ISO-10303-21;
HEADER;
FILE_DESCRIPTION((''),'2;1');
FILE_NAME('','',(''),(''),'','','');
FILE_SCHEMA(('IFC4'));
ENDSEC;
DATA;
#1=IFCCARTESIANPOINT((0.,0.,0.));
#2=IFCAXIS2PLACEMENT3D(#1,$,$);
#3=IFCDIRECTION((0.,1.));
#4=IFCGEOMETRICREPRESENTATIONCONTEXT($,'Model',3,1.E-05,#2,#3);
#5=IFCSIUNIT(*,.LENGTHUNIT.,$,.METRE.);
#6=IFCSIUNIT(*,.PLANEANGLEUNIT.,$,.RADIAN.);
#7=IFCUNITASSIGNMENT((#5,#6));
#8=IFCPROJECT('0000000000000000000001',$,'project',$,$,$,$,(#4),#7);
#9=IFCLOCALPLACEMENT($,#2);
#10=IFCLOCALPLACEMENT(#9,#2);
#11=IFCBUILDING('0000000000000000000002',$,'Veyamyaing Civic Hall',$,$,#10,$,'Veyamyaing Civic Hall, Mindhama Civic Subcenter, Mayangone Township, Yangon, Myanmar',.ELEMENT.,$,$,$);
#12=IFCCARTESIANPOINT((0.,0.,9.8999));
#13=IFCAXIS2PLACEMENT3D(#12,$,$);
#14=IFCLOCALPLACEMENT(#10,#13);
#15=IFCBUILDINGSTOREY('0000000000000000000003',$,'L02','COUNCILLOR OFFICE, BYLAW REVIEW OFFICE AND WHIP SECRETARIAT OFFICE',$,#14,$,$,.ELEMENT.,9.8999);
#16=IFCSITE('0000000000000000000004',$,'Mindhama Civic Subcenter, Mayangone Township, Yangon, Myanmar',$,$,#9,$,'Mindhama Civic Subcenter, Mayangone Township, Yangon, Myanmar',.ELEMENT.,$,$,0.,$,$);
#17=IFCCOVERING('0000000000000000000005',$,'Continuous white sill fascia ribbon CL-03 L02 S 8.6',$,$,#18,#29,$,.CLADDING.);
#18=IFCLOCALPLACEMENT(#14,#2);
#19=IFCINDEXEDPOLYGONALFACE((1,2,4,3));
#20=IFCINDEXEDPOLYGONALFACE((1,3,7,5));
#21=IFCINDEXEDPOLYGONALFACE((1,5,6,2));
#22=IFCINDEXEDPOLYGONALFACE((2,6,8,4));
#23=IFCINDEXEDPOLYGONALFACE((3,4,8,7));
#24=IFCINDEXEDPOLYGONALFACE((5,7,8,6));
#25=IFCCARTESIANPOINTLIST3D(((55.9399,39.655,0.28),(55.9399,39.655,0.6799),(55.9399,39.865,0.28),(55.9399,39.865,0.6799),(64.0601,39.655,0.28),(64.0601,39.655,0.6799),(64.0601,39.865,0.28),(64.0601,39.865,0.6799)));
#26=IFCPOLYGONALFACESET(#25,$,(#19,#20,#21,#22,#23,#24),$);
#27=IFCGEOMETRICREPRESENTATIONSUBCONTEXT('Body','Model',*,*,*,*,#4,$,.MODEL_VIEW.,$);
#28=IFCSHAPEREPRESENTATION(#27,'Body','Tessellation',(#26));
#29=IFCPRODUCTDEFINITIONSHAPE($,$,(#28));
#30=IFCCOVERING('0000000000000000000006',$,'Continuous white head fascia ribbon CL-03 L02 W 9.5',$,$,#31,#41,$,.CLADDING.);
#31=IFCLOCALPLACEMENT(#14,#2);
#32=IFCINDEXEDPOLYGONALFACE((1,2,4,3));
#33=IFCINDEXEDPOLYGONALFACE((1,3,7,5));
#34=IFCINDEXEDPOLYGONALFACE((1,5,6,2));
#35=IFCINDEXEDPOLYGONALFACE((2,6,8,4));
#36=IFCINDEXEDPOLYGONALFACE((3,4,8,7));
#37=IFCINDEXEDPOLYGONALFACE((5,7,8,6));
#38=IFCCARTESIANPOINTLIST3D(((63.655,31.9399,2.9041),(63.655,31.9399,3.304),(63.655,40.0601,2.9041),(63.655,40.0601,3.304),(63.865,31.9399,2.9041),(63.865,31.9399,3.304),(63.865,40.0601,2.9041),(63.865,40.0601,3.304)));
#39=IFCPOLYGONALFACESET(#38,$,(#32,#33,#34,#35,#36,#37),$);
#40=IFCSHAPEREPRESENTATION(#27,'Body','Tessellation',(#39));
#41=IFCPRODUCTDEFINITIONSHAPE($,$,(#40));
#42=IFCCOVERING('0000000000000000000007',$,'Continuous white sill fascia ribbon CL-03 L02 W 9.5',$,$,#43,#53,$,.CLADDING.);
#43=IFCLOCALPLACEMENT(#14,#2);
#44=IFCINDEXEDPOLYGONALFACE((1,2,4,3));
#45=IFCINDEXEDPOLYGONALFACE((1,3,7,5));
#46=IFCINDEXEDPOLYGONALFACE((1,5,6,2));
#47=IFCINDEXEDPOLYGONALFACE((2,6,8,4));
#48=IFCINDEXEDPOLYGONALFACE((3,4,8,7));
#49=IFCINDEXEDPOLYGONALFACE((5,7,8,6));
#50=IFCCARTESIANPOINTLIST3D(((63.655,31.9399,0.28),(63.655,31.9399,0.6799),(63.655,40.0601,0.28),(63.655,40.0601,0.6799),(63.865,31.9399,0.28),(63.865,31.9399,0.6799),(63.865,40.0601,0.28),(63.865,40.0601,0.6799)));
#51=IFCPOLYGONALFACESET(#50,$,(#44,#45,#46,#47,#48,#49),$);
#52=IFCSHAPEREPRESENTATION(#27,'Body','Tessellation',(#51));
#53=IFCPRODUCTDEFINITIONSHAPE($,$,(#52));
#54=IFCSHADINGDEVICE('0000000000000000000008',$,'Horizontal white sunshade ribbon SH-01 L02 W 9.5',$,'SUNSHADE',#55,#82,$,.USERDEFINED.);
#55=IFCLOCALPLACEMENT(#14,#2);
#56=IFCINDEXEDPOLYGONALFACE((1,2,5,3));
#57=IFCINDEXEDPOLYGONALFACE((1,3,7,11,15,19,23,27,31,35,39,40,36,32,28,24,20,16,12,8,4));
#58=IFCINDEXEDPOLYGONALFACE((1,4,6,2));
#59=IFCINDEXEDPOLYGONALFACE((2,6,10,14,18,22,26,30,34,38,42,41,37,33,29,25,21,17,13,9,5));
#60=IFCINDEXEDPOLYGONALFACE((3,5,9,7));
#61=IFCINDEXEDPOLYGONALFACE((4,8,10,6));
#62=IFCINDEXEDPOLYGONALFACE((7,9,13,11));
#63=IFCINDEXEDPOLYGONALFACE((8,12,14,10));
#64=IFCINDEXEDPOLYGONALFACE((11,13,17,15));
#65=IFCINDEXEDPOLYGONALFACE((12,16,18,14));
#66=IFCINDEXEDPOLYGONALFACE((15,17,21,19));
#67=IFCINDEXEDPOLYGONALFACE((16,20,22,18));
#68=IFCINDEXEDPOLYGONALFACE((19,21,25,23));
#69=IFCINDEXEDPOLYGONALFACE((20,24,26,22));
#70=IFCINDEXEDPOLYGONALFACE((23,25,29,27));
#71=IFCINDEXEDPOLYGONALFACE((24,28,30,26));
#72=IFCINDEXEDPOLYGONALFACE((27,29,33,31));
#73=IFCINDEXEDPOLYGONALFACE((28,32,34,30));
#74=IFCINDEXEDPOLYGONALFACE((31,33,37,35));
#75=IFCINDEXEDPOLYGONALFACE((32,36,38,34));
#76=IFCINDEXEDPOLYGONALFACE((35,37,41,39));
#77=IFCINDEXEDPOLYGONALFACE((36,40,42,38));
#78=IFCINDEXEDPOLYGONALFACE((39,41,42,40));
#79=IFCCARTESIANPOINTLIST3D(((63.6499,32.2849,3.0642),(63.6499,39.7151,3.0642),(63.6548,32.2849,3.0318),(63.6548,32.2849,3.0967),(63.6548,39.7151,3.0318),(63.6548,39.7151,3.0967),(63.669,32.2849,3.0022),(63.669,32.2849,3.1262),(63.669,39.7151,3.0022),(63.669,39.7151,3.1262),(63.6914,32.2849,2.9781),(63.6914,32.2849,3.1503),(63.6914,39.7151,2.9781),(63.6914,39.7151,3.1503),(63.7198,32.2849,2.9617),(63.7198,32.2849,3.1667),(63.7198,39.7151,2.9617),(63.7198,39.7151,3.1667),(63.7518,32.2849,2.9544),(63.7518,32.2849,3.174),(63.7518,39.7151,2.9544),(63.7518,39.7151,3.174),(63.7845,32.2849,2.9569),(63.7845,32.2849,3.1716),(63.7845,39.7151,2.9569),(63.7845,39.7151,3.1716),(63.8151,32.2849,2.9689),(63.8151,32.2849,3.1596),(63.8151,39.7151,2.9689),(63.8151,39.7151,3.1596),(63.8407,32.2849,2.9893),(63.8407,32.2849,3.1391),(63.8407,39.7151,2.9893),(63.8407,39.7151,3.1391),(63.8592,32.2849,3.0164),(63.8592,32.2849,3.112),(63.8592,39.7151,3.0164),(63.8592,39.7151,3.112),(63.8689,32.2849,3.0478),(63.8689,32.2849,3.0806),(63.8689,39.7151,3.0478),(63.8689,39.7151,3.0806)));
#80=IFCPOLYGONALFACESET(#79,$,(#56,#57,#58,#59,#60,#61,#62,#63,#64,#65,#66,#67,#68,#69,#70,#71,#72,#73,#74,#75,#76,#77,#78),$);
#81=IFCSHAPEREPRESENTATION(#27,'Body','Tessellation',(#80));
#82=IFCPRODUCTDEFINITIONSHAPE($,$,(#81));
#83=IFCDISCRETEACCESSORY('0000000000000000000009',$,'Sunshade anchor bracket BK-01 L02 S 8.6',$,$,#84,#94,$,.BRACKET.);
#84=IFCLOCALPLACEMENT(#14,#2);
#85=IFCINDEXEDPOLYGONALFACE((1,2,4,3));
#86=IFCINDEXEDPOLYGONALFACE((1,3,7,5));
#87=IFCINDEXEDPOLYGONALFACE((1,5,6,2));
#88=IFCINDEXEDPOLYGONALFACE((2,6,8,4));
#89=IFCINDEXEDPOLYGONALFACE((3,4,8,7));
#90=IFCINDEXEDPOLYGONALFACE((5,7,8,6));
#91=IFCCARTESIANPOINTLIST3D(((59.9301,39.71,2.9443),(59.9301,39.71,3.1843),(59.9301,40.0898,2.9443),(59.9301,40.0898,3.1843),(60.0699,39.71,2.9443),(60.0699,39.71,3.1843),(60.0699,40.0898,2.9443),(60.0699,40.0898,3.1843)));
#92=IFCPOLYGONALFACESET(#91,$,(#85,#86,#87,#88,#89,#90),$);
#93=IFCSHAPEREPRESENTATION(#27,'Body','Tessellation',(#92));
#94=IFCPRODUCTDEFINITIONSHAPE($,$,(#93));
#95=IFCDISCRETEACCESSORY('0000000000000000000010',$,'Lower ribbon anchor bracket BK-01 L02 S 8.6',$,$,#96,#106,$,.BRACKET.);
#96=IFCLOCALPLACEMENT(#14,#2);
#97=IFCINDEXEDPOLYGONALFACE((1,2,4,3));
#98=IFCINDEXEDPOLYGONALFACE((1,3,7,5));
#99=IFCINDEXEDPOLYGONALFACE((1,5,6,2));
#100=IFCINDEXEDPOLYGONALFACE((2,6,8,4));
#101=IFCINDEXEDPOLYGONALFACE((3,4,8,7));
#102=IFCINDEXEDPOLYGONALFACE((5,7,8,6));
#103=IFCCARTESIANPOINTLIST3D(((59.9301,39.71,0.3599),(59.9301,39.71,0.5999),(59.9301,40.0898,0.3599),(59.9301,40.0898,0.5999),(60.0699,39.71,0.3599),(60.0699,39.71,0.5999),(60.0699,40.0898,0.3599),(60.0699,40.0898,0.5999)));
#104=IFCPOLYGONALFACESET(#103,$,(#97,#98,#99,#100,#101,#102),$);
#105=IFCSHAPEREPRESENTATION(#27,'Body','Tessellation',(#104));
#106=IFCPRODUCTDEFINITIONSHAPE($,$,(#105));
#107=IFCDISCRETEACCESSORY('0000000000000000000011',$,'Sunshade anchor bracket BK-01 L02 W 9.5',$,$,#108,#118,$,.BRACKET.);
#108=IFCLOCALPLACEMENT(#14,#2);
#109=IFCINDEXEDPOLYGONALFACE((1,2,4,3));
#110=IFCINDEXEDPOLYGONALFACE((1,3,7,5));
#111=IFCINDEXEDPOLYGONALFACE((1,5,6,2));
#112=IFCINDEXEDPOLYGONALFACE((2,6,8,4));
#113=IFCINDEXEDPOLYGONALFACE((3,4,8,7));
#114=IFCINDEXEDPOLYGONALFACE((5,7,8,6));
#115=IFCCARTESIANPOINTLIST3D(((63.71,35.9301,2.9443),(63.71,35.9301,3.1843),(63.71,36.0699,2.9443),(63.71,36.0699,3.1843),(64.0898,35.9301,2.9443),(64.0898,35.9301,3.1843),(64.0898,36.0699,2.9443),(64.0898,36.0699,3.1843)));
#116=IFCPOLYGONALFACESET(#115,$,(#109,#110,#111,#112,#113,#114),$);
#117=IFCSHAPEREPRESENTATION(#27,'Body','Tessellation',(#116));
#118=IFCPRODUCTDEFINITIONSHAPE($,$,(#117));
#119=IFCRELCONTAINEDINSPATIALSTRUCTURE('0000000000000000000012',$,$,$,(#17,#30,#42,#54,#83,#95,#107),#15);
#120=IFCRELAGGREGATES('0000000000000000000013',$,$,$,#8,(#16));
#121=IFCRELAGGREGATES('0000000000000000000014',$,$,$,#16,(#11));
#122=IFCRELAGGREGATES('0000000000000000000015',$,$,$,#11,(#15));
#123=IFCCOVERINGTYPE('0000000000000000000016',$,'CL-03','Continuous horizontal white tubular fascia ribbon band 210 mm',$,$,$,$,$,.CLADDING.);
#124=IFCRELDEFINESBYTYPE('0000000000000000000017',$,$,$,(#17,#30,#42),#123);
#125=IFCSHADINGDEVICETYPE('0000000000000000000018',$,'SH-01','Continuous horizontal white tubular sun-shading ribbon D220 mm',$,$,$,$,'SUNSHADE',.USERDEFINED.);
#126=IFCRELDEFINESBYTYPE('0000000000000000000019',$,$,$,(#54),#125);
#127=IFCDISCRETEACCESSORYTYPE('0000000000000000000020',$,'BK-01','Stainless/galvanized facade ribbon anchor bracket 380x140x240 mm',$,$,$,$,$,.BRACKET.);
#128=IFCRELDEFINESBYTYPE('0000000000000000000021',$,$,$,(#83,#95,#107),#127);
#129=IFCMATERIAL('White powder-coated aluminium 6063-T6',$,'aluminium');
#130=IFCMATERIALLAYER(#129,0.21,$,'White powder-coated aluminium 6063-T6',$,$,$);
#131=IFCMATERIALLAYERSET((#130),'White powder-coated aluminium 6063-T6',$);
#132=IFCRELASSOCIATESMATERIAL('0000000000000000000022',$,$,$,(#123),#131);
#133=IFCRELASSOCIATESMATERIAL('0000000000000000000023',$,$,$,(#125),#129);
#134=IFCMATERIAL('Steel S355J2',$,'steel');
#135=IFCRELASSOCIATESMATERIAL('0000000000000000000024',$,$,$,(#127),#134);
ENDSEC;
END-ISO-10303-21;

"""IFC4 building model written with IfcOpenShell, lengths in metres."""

from ifc_helpers import new_model, si_unit, direction, frame, origin, origin_2d, place, context, subcontext, project, spatial, rectangle, circle, extrude, material, layer, layer_set, material_profile, profile_set, type_object, element, save


model = new_model("IFC4")

# Units and contexts
model_context = context("Model", 3, precision=1e-05, world=origin(), true_north=direction((0.0, 1.0)))
body_context = subcontext(model_context, "Body", "Model", "MODEL_VIEW")
ifc_project = project(units=[si_unit("LENGTHUNIT", "METRE"), si_unit("PLANEANGLEUNIT", "RADIAN")], contexts=[model_context])

# Site, building, storey
site_placement = place(None, origin())
site = spatial("IfcSite", under=ifc_project, at=site_placement, Name="Mindhama Civic Subcenter, Mayangone Township, Yangon, Myanmar", LongName="Mindhama Civic Subcenter, Mayangone Township, Yangon, Myanmar", CompositionType="ELEMENT", RefElevation=0.0)
building_placement = place(site_placement, origin())
building = spatial("IfcBuilding", under=site, at=building_placement, Name="Veyamyaing Civic Hall", LongName="Veyamyaing Civic Hall, Mindhama Civic Subcenter, Mayangone Township, Yangon, Myanmar", CompositionType="ELEMENT")
storey_placement = place(building_placement, frame((0.0, 0.0, 9.8999)))
storey = spatial("IfcBuildingStorey", under=building, at=storey_placement, Name="L02", Description="COUNCILLOR OFFICE, BYLAW REVIEW OFFICE AND WHIP SECRETARIAT OFFICE", CompositionType="ELEMENT", Elevation=9.8999)

# Coverings
ifc_material_1 = material(Name="White powder-coated aluminium 6063-T6", Category="aluminium")
ifc_layer_1 = layer(ifc_material_1, 0.21, Name="White powder-coated aluminium 6063-T6")
ifc_layer_set_1 = layer_set([ifc_layer_1], Name="White powder-coated aluminium 6063-T6")
covering_type = type_object("IfcCoveringType", Name="CL-03", Description="Continuous horizontal white tubular fascia ribbon band 210 mm", PredefinedType="CLADDING", material=ifc_layer_set_1)
for number, where, z_axis, x_axis, name in (
    (1, (60.0, 39.76, 0.28), (0.0, 0.0, 1.0), (1.0, 0.0, 0.0), "Continuous white sill fascia ribbon CL-03 L02 S 8.6"),
    (2, (63.76, 36.0, 2.9041), (0.0, 0.0, 1.0), (0.0, 1.0, 0.0), "Continuous white head fascia ribbon CL-03 L02 W 9.5"),
    (3, (63.76, 36.0, 0.28), (0.0, 0.0, 1.0), (0.0, 1.0, 0.0), "Continuous white sill fascia ribbon CL-03 L02 W 9.5"),
):
    element("IfcCovering", number, at=place(storey_placement, frame(where, z_axis=z_axis, x_axis=x_axis)), inside=storey, type_object=covering_type, Name=name, PredefinedType="CLADDING", context=body_context, shape_type="SweptSolid", body=[
        extrude(rectangle(XDim=8.1201, YDim=0.21, at=origin_2d()), origin(), (0.0, 0.0, 1.0), 0.3999),
    ])

# Shading device
ifc_material_profile_1 = material_profile(ifc_material_1, circle(Radius=0.1101, at=origin_2d()), Name="SHADE-TUBE-220")
ifc_profile_set_1 = profile_set([ifc_material_profile_1], Name="White powder-coated aluminium 6063-T6")
shading_device_type = type_object("IfcShadingDeviceType", Name="SH-01", Description="Continuous horizontal white tubular sun-shading ribbon D220 mm", ElementType="SUNSHADE", PredefinedType="USERDEFINED", material=ifc_profile_set_1)
shading_device_placement = place(storey_placement, frame((63.76, 32.2849, 3.0642), z_axis=(0.0, 1.0, 0.0), x_axis=(-1.0, 0.0, 0.0)))
element("IfcShadingDevice", 4, at=shading_device_placement, inside=storey, type_object=shading_device_type, Name="Horizontal white sunshade ribbon SH-01 L02 W 9.5", ObjectType="SUNSHADE", PredefinedType="USERDEFINED", context=body_context, shape_type="SweptSolid", body=[
    extrude(circle(Radius=0.1101, at=origin_2d()), origin(), (0.0, 0.0, 1.0), 7.4302),
])

# Discrete accessories
ifc_material_2 = material(Name="Steel S355J2", Category="steel")
discrete_accessory_type = type_object("IfcDiscreteAccessoryType", Name="BK-01", Description="Stainless/galvanized facade ribbon anchor bracket 380x140x240 mm", PredefinedType="BRACKET", material=ifc_material_2)
for number, where, z_axis, x_axis, name in (
    (5, (60.0, 39.8999, 2.9443), (0.0, 0.0, 1.0), (0.0, -1.0, 0.0), "Sunshade anchor bracket BK-01 L02 S 8.6"),
    (6, (60.0, 39.8999, 0.3599), (0.0, 0.0, 1.0), (0.0, -1.0, 0.0), "Lower ribbon anchor bracket BK-01 L02 S 8.6"),
    (7, (63.8999, 36.0, 2.9443), (0.0, 0.0, 1.0), (-1.0, 0.0, 0.0), "Sunshade anchor bracket BK-01 L02 W 9.5"),
):
    element("IfcDiscreteAccessory", number, at=place(storey_placement, frame(where, z_axis=z_axis, x_axis=x_axis)), inside=storey, type_object=discrete_accessory_type, Name=name, PredefinedType="BRACKET", context=body_context, shape_type="SweptSolid", body=[
        extrude(rectangle(XDim=0.3799, YDim=0.1399, at=origin_2d()), origin(), (0.0, 0.0, 1.0), 0.24),
    ])

save(model, "model.ifc")
